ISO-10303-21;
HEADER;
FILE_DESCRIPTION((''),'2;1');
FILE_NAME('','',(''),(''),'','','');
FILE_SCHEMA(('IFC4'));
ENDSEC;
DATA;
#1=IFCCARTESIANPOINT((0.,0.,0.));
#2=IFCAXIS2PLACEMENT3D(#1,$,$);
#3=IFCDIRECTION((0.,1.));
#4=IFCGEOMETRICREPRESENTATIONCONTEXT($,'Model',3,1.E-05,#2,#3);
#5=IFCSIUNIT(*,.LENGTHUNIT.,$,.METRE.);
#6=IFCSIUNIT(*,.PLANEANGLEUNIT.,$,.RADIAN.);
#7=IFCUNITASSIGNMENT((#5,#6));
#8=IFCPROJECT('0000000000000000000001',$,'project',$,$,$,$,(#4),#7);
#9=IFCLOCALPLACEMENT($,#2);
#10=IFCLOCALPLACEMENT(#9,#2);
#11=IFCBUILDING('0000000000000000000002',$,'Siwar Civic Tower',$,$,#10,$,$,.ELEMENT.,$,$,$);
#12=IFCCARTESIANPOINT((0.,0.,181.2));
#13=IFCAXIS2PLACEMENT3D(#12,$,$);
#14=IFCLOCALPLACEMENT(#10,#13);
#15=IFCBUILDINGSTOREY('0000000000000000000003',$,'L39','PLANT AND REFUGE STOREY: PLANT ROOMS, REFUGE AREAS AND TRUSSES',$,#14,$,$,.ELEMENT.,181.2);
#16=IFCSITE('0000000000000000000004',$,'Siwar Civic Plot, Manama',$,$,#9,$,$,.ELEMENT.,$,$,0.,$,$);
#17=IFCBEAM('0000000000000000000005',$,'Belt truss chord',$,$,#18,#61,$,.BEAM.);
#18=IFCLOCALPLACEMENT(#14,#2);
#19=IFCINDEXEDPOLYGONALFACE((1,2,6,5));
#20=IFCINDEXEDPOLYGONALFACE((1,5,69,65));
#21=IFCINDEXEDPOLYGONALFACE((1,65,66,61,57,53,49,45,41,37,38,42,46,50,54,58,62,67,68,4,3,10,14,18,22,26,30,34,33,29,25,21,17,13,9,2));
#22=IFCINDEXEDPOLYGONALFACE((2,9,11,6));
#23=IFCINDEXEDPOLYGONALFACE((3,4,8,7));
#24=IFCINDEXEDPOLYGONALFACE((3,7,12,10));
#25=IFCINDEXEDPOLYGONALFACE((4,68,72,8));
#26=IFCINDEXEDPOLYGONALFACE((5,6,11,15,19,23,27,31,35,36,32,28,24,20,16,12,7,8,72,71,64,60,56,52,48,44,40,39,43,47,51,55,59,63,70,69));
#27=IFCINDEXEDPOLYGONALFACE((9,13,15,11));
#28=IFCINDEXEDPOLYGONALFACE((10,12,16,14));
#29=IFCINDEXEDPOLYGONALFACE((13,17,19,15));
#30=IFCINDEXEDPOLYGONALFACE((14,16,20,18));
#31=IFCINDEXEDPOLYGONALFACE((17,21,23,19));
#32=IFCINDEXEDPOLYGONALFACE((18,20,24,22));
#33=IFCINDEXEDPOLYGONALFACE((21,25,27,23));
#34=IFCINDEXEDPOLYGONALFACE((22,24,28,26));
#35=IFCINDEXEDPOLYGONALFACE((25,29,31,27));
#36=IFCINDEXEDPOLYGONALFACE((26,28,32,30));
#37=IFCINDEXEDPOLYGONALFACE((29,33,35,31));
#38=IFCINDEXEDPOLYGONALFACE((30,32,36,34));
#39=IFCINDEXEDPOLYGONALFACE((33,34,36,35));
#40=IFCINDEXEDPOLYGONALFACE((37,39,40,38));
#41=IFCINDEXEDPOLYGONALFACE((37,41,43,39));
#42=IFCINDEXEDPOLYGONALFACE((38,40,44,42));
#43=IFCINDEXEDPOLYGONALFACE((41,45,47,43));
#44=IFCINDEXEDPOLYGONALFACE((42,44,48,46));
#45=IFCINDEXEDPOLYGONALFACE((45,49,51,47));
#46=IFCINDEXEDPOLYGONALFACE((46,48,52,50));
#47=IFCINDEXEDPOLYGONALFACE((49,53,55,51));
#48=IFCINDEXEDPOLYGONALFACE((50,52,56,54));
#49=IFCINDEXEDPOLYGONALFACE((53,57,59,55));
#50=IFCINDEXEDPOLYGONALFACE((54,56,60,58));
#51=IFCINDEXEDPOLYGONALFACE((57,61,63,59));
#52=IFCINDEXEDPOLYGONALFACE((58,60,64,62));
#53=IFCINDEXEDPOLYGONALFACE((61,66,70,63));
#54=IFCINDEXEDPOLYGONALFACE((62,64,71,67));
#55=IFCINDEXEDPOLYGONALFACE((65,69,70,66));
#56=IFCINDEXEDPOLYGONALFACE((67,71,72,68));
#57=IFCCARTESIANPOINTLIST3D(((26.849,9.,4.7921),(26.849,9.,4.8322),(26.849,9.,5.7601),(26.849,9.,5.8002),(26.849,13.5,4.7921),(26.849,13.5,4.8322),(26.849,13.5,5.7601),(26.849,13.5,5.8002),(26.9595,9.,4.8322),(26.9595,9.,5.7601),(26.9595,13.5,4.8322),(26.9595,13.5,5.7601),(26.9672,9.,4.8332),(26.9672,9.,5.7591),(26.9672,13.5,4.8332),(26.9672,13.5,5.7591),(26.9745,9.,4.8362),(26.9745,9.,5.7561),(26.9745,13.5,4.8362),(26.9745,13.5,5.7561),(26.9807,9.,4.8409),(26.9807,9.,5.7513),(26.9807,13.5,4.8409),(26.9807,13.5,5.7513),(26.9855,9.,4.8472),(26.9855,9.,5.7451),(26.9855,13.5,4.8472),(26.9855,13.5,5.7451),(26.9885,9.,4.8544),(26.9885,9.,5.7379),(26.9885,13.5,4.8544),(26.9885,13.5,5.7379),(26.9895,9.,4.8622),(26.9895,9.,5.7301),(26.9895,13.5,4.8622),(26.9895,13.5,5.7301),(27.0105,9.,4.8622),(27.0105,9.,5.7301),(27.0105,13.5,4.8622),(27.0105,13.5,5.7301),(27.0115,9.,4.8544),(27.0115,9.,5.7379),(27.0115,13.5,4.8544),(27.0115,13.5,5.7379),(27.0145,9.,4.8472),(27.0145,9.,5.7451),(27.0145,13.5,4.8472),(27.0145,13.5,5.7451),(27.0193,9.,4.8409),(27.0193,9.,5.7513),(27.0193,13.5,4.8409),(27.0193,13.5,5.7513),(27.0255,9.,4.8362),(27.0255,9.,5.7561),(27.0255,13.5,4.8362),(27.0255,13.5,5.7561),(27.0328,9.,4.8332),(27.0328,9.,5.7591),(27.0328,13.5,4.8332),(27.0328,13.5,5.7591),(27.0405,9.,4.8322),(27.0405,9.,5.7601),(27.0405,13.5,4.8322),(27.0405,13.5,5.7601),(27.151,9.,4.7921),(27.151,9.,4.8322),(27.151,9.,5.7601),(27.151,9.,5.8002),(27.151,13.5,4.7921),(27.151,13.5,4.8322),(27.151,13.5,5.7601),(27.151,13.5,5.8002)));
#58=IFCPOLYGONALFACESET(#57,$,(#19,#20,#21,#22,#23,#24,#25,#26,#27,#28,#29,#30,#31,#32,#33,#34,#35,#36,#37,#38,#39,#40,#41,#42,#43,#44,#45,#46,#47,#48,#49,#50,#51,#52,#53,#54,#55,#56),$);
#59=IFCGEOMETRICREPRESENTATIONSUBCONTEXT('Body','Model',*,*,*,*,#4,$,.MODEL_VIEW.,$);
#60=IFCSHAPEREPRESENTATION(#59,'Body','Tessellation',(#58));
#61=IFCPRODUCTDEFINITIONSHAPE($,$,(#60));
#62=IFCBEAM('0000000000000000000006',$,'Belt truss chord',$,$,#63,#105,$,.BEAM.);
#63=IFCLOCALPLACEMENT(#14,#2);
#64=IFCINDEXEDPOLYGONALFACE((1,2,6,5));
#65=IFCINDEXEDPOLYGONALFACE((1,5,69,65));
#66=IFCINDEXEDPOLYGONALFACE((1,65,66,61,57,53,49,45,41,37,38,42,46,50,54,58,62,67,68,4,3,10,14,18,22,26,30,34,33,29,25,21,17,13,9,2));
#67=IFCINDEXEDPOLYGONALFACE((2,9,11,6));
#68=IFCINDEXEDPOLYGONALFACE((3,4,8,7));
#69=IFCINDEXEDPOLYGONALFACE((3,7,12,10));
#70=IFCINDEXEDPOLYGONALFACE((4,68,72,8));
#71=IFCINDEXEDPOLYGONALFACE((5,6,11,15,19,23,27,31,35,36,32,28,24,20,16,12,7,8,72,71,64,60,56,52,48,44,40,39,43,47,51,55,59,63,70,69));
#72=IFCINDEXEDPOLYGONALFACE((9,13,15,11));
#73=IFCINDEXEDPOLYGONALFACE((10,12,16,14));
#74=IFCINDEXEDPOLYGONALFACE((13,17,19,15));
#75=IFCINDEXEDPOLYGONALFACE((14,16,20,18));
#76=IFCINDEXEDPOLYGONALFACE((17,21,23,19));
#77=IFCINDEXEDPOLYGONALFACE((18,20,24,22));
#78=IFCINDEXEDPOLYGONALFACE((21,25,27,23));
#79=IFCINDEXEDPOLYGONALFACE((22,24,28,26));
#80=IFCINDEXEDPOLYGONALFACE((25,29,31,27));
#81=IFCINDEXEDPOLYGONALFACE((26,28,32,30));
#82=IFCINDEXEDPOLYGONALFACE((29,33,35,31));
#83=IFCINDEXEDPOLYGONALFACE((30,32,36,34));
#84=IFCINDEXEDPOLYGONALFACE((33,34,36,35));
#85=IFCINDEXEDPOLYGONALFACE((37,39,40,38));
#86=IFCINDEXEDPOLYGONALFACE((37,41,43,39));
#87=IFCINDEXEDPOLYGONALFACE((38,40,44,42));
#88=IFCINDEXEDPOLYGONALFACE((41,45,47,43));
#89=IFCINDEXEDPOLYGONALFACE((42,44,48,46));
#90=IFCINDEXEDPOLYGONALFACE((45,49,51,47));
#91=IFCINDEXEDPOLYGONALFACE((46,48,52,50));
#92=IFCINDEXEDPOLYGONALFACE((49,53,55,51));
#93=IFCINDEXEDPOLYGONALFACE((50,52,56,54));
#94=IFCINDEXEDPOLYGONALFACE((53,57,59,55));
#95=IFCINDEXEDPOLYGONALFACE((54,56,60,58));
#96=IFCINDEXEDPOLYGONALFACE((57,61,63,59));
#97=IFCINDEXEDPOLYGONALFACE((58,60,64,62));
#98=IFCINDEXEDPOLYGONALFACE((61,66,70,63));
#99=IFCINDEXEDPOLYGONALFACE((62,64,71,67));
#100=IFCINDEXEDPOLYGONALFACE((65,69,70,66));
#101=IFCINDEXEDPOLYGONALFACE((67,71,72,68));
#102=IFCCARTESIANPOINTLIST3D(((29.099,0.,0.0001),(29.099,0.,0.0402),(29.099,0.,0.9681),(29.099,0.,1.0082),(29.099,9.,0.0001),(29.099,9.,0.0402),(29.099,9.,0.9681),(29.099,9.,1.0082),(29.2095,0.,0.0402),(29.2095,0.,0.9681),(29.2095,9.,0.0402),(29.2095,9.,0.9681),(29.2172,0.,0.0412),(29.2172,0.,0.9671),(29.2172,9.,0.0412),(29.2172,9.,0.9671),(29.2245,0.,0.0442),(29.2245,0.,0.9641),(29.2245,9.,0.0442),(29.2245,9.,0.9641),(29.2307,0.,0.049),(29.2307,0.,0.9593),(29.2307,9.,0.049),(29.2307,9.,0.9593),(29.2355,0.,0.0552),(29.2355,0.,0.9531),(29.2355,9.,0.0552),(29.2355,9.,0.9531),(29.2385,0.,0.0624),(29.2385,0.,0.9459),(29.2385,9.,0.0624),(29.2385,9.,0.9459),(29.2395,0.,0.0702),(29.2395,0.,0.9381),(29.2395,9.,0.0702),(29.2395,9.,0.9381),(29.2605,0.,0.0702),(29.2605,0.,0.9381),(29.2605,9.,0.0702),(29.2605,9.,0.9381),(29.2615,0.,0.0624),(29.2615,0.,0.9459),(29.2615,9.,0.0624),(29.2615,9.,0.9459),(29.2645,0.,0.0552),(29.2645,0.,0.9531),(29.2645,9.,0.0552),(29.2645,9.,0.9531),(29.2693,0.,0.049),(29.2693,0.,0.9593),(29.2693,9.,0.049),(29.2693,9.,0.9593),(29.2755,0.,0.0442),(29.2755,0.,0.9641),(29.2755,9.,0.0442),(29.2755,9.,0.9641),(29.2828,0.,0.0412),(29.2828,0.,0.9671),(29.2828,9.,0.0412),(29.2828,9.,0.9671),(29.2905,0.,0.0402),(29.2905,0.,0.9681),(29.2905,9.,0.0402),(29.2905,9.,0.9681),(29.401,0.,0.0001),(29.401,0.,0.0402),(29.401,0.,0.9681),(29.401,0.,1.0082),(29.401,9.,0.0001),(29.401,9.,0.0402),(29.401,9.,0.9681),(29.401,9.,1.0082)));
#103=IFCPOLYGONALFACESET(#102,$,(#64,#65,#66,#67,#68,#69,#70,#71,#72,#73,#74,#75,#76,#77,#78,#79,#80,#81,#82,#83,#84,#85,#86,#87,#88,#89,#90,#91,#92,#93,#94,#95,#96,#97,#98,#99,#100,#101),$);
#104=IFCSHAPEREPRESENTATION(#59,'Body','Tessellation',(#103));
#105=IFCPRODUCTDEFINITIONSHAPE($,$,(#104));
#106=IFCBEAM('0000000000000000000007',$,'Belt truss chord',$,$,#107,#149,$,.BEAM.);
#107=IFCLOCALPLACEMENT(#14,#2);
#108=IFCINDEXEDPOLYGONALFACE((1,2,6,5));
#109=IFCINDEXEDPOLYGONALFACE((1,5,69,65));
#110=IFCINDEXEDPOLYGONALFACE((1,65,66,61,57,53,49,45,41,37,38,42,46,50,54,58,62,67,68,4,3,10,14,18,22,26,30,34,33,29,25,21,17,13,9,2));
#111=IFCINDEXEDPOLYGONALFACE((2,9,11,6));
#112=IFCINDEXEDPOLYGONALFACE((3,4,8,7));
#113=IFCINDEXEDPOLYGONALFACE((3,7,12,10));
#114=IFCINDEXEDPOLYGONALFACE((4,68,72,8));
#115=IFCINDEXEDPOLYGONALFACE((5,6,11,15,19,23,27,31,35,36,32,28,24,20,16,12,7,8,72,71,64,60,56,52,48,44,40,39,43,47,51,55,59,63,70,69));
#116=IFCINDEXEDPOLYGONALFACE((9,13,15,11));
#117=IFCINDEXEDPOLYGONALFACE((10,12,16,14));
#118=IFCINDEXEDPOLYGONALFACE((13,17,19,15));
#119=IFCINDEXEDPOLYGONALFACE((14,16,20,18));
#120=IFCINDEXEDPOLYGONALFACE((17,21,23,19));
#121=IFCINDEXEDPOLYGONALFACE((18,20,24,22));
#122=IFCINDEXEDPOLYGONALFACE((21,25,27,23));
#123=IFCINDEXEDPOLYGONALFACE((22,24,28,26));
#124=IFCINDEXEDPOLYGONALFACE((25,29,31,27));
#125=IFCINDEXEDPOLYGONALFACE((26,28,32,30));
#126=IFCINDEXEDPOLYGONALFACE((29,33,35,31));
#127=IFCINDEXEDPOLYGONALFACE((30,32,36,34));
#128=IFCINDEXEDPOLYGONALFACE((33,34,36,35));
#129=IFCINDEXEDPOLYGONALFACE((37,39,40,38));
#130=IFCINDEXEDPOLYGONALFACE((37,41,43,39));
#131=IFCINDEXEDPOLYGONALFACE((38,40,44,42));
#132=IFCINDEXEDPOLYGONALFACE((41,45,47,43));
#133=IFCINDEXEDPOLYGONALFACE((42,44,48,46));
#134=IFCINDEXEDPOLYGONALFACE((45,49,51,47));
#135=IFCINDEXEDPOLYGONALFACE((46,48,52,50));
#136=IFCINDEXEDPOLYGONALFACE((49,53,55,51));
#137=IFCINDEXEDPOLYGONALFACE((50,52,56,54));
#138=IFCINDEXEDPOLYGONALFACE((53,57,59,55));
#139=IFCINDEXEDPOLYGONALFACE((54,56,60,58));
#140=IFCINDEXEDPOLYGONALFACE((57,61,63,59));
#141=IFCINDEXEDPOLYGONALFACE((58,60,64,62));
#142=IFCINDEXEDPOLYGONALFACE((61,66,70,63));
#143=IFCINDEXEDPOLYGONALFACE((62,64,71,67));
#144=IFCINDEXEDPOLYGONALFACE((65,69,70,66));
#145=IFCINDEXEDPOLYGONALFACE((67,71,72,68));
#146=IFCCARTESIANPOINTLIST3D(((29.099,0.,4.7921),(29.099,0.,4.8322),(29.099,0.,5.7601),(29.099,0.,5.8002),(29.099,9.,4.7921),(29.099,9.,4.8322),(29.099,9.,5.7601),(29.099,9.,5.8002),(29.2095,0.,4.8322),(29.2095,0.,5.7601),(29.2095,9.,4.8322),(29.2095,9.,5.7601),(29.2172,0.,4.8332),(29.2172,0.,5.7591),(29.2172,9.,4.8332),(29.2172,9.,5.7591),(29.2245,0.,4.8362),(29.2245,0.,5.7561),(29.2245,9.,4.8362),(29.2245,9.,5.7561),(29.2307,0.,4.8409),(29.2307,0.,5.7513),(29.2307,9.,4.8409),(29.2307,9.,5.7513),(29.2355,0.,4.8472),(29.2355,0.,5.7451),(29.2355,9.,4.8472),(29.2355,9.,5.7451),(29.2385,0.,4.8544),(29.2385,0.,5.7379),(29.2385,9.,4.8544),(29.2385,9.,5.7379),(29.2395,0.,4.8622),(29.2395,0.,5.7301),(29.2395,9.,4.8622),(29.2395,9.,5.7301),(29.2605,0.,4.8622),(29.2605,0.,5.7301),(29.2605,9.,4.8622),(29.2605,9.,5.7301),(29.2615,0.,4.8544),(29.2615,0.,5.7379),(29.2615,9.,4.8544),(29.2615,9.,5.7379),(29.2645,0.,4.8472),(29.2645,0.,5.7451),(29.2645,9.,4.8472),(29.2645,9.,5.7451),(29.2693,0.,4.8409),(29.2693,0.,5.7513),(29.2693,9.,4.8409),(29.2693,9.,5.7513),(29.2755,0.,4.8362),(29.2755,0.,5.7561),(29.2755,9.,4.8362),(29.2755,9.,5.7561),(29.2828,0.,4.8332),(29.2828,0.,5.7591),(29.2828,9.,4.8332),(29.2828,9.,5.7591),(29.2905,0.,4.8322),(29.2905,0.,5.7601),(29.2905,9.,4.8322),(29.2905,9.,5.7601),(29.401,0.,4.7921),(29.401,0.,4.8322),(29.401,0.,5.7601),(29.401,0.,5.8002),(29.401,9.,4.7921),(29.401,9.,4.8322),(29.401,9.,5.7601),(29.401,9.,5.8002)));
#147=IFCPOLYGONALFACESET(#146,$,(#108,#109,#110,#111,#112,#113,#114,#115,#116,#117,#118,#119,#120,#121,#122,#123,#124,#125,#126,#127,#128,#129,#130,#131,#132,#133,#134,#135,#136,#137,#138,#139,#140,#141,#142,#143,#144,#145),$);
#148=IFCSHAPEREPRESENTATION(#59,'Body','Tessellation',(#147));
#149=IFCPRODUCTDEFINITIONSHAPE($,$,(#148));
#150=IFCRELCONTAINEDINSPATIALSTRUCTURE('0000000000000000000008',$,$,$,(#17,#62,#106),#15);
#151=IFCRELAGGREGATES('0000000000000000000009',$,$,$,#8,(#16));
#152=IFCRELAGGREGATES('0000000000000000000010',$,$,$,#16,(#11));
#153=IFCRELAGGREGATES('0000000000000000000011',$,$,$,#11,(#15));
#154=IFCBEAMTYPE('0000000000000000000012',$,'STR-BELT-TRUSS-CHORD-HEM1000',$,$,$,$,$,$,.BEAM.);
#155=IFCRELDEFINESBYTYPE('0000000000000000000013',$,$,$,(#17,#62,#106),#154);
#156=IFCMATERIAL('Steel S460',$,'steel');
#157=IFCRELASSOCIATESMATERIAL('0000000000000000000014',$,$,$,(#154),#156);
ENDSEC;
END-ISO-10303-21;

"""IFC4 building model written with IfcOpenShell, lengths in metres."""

from ifc_helpers import new_model, si_unit, direction, frame, origin, origin_2d, place, context, subcontext, project, spatial, i_section, extrude, material, material_profile, profile_set, type_object, element, save


model = new_model("IFC4")

# Units and contexts
model_context = context("Model", 3, precision=1e-05, world=origin(), true_north=direction((0.0, 1.0)))
body_context = subcontext(model_context, "Body", "Model", "MODEL_VIEW")
ifc_project = project(units=[si_unit("LENGTHUNIT", "METRE"), si_unit("PLANEANGLEUNIT", "RADIAN")], contexts=[model_context])

# Site, building, storey
site_placement = place(None, origin())
site = spatial("IfcSite", under=ifc_project, at=site_placement, Name="Siwar Civic Plot, Manama", CompositionType="ELEMENT", RefElevation=0.0)
building_placement = place(site_placement, origin())
building = spatial("IfcBuilding", under=site, at=building_placement, Name="Siwar Civic Tower", CompositionType="ELEMENT")
storey_placement = place(building_placement, frame((0.0, 0.0, 181.2)))
storey = spatial("IfcBuildingStorey", under=building, at=storey_placement, Name="L39", Description="PLANT AND REFUGE STOREY: PLANT ROOMS, REFUGE AREAS AND TRUSSES", CompositionType="ELEMENT", Elevation=181.2)

# Beams
ifc_material_1 = material(Name="Steel S460", Category="steel")
ifc_material_profile_1 = material_profile(ifc_material_1, i_section(OverallWidth=0.302, OverallDepth=1.0081, WebThickness=0.021, FlangeThickness=0.04, FilletRadius=0.03, at=origin_2d()), Name="HEM1000")
ifc_profile_set_1 = profile_set([ifc_material_profile_1], Name="Steel S460")
beam_type_1 = type_object("IfcBeamType", Name="STR-BELT-TRUSS-CHORD-HEM1000", PredefinedType="BEAM", material=ifc_profile_set_1)
for number, where, z_axis, x_axis, name in (
    (1, (27.0, 9.0, 5.2961), (0.0, 1.0, 0.0), (-1.0, 0.0, 0.0), "Belt truss chord"),
):
    element("IfcBeam", number, at=place(storey_placement, frame(where, z_axis=z_axis, x_axis=x_axis)), inside=storey, type_object=beam_type_1, Name=name, PredefinedType="BEAM", context=body_context, shape_type="SweptSolid", body=[
        extrude(i_section(OverallWidth=0.302, OverallDepth=1.0081, WebThickness=0.021, FlangeThickness=0.04, FilletRadius=0.03, at=origin_2d()), origin(), (0.0, 0.0, 1.0), 4.5),
    ])
for number, where, z_axis, x_axis, name in (
    (2, (29.25, 0.0, 0.5042), (0.0, 1.0, 0.0), (-1.0, 0.0, 0.0), "Belt truss chord"),
    (3, (29.25, 0.0, 5.2961), (0.0, 1.0, 0.0), (-1.0, 0.0, 0.0), "Belt truss chord"),
):
    element("IfcBeam", number, at=place(storey_placement, frame(where, z_axis=z_axis, x_axis=x_axis)), inside=storey, type_object=beam_type_1, Name=name, PredefinedType="BEAM", context=body_context, shape_type="SweptSolid", body=[
        extrude(i_section(OverallWidth=0.302, OverallDepth=1.0081, WebThickness=0.021, FlangeThickness=0.04, FilletRadius=0.03, at=origin_2d()), origin(), (0.0, 0.0, 1.0), 9.0),
    ])

save(model, "model.ifc")
